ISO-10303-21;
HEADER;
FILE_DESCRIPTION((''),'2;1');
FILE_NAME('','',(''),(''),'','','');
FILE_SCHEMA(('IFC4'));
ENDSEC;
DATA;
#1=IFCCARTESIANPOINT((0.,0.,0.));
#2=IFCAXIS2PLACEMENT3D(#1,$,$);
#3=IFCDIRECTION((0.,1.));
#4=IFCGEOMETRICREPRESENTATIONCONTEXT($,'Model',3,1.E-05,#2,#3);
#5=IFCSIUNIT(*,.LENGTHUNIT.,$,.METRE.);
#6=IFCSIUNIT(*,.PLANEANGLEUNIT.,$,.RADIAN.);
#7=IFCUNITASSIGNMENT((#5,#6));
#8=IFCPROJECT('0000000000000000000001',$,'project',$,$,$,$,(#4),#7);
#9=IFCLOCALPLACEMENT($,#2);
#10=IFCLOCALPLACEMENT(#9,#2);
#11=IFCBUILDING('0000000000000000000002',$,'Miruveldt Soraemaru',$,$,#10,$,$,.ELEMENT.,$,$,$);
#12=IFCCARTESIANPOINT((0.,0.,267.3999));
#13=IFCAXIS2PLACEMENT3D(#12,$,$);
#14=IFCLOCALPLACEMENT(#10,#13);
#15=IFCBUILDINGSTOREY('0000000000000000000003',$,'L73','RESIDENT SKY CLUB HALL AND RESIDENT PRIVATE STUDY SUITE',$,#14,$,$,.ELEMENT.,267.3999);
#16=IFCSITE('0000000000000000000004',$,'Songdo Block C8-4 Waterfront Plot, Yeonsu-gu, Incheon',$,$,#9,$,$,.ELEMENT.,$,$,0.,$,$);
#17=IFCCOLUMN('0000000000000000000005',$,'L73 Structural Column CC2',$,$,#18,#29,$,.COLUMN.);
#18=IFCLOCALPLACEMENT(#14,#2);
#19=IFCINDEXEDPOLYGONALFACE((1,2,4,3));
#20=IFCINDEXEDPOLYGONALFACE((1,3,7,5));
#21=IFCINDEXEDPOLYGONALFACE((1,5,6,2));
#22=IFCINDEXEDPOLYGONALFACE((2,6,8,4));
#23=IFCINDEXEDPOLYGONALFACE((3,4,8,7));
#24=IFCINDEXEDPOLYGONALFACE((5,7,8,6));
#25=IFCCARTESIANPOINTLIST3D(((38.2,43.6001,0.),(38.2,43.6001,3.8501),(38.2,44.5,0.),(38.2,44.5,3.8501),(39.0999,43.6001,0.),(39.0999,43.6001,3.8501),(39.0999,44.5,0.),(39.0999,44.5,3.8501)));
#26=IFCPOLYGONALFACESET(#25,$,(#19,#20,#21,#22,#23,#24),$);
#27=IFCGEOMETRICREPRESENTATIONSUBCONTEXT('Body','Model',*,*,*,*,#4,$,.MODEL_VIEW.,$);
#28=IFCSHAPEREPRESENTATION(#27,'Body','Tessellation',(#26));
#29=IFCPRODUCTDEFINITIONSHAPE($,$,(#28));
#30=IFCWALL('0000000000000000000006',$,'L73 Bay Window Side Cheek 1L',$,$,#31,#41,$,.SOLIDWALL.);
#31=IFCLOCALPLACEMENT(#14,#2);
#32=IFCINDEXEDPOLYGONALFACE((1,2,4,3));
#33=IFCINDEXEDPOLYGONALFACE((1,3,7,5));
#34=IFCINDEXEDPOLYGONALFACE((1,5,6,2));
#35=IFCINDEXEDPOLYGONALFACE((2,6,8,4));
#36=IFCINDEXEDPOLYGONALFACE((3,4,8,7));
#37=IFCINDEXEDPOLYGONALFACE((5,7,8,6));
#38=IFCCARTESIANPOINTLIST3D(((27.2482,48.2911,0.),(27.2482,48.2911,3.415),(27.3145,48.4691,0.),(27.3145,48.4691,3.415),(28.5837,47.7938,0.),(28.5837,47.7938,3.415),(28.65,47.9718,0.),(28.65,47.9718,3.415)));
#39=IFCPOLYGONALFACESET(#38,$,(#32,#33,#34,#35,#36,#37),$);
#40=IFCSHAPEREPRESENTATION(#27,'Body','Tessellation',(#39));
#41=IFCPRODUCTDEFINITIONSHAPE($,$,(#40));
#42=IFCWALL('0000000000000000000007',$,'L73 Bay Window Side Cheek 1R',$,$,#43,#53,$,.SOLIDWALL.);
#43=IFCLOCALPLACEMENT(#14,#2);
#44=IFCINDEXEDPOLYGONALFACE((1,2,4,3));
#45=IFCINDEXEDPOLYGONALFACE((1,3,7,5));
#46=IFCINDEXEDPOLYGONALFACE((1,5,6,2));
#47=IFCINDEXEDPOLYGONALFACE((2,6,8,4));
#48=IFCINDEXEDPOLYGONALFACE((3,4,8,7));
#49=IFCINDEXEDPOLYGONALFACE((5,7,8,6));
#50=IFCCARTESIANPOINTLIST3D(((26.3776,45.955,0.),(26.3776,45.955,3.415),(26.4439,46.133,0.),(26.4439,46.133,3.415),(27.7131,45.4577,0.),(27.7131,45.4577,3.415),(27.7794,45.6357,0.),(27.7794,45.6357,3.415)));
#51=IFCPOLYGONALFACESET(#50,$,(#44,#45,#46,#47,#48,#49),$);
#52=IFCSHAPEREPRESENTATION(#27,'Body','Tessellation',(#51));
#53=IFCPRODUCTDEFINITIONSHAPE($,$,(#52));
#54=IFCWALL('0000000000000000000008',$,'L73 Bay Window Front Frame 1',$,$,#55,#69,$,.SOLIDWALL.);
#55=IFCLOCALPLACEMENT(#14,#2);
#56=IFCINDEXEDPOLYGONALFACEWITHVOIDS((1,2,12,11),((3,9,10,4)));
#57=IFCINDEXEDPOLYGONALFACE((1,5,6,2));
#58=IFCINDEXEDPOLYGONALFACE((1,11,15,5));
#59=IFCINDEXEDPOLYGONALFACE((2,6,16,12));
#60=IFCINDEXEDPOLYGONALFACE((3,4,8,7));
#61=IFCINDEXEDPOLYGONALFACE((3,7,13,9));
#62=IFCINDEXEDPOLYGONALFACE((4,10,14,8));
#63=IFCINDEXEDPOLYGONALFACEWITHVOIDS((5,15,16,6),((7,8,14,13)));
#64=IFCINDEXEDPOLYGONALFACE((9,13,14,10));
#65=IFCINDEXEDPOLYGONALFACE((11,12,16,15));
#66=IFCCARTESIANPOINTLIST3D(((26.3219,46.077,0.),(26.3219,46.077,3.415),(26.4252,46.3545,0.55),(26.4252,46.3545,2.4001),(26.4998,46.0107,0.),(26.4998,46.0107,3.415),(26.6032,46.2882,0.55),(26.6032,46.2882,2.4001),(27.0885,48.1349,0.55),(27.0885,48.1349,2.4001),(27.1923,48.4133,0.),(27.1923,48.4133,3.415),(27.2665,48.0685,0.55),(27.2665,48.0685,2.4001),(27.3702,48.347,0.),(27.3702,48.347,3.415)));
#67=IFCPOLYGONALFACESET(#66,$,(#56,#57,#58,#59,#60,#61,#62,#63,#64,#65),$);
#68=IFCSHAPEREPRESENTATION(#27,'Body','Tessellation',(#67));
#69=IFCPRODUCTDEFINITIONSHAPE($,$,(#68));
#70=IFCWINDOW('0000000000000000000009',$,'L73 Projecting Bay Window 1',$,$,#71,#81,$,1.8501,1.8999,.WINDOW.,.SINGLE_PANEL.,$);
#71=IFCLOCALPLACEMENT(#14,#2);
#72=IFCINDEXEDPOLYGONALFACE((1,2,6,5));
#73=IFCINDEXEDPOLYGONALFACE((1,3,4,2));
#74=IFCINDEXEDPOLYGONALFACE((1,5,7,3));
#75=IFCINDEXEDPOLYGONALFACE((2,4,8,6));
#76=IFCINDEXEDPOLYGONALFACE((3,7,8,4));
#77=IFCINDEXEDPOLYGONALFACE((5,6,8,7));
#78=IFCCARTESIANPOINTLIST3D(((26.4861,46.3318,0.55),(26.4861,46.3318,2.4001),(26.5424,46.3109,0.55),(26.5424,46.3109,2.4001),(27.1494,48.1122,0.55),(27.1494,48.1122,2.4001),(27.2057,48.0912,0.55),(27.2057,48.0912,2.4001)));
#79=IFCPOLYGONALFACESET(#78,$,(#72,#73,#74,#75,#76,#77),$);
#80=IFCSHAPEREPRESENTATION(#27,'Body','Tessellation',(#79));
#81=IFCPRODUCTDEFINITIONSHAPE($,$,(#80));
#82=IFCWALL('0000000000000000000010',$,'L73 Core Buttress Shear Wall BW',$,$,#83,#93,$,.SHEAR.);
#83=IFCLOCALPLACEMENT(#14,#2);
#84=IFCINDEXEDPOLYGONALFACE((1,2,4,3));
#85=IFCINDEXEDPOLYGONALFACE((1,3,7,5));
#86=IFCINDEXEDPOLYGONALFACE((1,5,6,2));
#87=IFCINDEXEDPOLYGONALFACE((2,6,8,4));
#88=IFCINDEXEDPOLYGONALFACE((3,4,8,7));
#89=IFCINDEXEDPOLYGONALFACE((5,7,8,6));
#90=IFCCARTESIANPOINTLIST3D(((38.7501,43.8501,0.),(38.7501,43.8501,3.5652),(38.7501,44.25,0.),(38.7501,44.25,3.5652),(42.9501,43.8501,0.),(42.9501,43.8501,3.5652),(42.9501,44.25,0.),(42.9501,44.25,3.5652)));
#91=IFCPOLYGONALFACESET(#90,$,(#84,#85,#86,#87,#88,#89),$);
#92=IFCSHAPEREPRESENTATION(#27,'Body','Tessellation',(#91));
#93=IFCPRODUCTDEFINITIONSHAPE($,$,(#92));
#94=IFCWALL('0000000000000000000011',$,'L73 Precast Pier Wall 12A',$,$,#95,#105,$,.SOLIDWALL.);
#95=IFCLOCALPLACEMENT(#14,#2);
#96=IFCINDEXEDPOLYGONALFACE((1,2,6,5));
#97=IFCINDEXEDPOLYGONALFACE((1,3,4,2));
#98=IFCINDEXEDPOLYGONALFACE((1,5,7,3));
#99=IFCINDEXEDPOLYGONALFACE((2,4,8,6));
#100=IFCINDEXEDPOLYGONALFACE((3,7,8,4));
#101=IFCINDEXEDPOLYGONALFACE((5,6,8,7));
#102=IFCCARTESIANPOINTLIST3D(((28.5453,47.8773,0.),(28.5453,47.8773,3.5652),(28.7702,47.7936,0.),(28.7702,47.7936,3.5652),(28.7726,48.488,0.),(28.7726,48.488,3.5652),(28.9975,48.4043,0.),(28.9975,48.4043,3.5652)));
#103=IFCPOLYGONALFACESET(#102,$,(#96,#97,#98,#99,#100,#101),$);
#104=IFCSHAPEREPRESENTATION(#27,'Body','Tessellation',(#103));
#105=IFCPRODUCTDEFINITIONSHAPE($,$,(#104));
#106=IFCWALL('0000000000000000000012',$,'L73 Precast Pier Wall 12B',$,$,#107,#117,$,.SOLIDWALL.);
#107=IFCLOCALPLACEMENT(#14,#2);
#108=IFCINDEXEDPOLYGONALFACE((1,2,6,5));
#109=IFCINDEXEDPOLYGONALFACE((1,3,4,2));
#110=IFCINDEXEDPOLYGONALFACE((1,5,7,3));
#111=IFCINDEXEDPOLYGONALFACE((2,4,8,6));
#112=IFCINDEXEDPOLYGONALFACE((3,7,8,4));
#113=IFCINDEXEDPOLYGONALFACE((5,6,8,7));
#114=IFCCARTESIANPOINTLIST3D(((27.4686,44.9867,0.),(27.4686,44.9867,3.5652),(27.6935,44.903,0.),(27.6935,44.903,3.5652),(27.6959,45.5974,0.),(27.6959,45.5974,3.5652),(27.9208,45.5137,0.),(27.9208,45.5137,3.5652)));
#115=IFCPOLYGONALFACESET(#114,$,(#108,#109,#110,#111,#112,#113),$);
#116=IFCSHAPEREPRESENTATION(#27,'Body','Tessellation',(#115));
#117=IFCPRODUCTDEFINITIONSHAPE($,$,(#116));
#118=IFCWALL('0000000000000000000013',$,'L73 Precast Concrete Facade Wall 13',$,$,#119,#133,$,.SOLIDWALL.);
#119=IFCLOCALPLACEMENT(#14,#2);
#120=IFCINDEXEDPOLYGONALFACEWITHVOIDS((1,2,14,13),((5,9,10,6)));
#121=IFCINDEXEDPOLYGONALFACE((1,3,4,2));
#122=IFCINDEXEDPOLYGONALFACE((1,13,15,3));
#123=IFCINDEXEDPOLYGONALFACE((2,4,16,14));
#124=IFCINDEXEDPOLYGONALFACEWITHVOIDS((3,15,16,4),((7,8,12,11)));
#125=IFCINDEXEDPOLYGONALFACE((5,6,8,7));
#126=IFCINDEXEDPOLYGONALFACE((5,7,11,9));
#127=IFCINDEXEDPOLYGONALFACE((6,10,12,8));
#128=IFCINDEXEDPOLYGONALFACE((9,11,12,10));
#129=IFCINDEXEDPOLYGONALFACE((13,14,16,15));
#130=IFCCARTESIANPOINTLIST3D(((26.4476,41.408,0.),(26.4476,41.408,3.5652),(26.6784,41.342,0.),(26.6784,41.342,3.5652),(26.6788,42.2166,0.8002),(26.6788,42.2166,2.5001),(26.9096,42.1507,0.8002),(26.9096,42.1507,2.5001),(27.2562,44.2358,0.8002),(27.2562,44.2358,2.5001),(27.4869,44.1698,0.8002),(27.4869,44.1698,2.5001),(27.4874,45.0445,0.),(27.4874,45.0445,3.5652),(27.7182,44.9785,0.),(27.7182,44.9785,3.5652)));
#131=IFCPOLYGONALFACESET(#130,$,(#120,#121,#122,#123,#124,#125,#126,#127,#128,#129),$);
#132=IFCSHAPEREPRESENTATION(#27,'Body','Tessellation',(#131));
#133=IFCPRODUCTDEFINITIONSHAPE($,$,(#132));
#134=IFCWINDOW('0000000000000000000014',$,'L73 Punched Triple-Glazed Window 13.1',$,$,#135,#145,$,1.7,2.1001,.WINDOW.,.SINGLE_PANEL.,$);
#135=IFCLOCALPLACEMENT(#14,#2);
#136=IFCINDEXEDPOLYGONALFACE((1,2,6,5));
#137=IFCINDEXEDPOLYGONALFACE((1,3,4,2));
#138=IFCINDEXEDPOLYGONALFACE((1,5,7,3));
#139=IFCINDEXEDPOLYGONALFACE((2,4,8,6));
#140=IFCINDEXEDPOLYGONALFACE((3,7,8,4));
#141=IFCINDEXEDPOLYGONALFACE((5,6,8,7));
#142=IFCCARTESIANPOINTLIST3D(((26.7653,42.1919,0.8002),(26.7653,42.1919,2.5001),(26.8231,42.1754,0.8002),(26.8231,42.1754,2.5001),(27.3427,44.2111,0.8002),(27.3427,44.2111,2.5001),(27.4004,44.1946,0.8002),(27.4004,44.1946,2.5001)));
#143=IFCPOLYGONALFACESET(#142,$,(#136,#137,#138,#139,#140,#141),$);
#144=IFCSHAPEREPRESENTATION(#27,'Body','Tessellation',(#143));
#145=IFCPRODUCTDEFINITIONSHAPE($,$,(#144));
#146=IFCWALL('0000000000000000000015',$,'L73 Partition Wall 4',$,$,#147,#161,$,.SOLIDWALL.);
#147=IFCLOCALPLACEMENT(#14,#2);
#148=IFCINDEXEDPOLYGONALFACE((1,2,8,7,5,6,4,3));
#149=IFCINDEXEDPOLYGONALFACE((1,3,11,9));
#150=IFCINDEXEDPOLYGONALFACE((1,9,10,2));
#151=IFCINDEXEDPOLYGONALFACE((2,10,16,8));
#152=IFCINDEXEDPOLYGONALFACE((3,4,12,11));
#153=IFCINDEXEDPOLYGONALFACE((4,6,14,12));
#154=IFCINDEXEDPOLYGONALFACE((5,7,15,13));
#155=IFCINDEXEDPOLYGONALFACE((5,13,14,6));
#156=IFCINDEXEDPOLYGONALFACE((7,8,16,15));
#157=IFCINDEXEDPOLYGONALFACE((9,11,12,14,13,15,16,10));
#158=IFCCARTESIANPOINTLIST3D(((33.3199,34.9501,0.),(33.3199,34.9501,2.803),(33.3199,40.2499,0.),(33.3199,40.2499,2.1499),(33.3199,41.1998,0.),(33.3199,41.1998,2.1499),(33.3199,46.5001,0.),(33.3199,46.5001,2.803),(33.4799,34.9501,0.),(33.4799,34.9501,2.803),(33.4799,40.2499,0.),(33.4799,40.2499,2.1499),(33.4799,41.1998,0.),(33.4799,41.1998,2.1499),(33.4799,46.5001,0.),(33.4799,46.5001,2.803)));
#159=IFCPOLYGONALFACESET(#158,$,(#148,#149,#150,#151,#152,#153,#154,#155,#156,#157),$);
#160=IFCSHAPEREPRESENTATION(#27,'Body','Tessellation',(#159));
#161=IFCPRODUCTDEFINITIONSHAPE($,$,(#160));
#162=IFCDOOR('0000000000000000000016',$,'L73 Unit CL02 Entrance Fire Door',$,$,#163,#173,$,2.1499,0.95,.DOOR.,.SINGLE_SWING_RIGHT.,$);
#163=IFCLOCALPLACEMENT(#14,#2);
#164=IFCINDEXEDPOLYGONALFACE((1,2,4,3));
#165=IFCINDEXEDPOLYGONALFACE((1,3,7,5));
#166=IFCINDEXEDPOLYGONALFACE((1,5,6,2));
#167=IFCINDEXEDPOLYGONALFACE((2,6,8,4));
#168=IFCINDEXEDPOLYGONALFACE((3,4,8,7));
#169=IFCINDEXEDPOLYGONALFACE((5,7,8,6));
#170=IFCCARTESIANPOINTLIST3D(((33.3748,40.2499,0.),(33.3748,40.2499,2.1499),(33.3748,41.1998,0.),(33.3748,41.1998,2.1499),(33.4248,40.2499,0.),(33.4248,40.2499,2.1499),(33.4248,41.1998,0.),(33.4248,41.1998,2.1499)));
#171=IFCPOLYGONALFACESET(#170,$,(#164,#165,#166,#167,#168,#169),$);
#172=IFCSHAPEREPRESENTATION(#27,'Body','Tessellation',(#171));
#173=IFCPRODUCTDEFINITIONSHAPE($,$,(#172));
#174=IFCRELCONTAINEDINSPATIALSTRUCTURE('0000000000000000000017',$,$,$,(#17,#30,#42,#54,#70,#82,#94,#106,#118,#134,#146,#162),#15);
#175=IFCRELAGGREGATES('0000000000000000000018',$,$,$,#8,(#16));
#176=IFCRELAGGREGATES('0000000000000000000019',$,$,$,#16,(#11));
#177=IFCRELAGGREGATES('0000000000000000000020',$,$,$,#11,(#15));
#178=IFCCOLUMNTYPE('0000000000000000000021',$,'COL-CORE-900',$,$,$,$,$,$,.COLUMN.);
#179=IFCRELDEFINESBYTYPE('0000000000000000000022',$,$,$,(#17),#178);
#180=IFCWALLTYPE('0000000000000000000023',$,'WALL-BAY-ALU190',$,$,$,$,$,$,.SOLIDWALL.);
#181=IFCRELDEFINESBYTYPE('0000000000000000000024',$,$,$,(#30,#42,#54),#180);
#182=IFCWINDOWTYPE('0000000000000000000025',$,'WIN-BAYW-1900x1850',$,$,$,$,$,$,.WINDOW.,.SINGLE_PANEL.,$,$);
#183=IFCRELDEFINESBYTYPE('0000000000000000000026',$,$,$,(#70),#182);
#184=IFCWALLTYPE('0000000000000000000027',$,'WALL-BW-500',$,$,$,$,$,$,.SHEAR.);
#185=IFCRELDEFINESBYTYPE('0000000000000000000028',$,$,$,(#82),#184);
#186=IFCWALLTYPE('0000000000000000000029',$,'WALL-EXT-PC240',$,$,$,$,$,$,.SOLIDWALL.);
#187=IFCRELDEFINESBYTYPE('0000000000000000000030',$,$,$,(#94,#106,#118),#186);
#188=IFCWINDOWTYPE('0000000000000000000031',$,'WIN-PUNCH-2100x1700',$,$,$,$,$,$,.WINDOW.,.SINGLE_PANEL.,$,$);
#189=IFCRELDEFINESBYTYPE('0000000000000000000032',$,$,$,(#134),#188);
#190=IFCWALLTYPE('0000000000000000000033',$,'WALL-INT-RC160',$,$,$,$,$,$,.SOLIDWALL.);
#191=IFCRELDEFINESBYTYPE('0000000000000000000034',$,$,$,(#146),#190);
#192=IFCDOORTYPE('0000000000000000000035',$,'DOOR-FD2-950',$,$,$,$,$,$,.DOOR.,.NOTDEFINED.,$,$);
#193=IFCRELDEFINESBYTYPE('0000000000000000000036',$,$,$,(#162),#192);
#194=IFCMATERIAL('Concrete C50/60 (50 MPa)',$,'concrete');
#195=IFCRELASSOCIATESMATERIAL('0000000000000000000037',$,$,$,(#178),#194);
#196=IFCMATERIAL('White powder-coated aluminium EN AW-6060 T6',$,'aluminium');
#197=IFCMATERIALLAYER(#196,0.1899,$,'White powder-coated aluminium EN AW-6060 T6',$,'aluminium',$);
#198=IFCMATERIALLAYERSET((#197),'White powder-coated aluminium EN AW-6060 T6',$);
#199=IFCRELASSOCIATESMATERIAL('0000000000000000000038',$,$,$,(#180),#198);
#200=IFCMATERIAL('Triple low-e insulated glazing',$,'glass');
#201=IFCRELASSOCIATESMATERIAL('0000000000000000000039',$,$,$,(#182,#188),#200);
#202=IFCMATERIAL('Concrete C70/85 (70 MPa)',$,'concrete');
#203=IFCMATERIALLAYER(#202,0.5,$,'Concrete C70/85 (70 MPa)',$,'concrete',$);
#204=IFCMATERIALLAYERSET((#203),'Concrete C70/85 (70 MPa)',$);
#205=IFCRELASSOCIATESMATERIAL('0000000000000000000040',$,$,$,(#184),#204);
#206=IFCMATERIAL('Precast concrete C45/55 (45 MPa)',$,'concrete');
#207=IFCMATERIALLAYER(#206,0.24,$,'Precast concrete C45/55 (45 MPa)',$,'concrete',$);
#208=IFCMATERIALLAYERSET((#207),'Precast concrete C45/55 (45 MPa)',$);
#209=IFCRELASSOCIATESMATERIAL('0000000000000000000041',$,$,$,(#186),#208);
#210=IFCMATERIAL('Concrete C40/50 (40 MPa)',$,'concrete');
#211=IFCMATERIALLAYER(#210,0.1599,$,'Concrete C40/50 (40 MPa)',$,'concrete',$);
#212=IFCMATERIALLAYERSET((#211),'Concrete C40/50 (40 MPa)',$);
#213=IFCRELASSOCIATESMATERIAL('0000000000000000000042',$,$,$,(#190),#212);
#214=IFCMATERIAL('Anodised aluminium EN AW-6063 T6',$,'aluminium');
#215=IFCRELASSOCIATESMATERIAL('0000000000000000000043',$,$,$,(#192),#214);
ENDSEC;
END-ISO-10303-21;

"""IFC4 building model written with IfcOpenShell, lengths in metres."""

from ifc_helpers import new_model, si_unit, direction, frame, frame_2d, origin, origin_2d, place, context, subcontext, project, spatial, rectangle, extrude, material, layer, layer_set, material_profile, profile_set, type_object, element, fill, save


model = new_model("IFC4")

# Units and contexts
model_context = context("Model", 3, precision=1e-05, world=origin(), true_north=direction((0.0, 1.0)))
body_context = subcontext(model_context, "Body", "Model", "MODEL_VIEW")
ifc_project = project(units=[si_unit("LENGTHUNIT", "METRE"), si_unit("PLANEANGLEUNIT", "RADIAN")], contexts=[model_context])

# Site, building, storey
site_placement = place(None, origin())
site = spatial("IfcSite", under=ifc_project, at=site_placement, Name="Songdo Block C8-4 Waterfront Plot, Yeonsu-gu, Incheon", CompositionType="ELEMENT", RefElevation=0.0)
building_placement = place(site_placement, origin())
building = spatial("IfcBuilding", under=site, at=building_placement, Name="Miruveldt Soraemaru", CompositionType="ELEMENT")
storey_placement = place(building_placement, frame((0.0, 0.0, 267.3999)))
storey = spatial("IfcBuildingStorey", under=building, at=storey_placement, Name="L73", Description="RESIDENT SKY CLUB HALL AND RESIDENT PRIVATE STUDY SUITE", CompositionType="ELEMENT", Elevation=267.3999)

# Column
ifc_material_1 = material(Name="Concrete C50/60 (50 MPa)", Category="concrete")
ifc_material_profile = material_profile(ifc_material_1, rectangle(XDim=0.8999, YDim=0.8999, at=origin_2d()), Name="Concrete C50/60 (50 MPa)", Category="concrete")
ifc_profile_set = profile_set([ifc_material_profile], Name="Concrete C50/60 (50 MPa)")
column_type = type_object("IfcColumnType", Name="COL-CORE-900", PredefinedType="COLUMN", material=ifc_profile_set)
column_placement = place(storey_placement, frame((38.6499, 44.05, 0.0), z_axis=(0.0, 0.0, 1.0), x_axis=(1.0, 0.0, 0.0)))
element("IfcColumn", 1, at=column_placement, inside=storey, type_object=column_type, Name="L73 Structural Column CC2", PredefinedType="COLUMN", context=body_context, shape_type="SweptSolid", body=[
    extrude(rectangle(XDim=0.8999, YDim=0.8999, at=origin_2d()), origin(), (0.0, 0.0, 1.0), 3.8501),
])

# Walls
ifc_material_2 = material(Name="White powder-coated aluminium EN AW-6060 T6", Category="aluminium")
ifc_layer_1 = layer(ifc_material_2, 0.1899, Name="White powder-coated aluminium EN AW-6060 T6", Category="aluminium")
ifc_layer_set_1 = layer_set([ifc_layer_1], Name="White powder-coated aluminium EN AW-6060 T6")
wall_type_1 = type_object("IfcWallType", Name="WALL-BAY-ALU190", PredefinedType="SOLIDWALL", material=ifc_layer_set_1)
for number, where, z_axis, x_axis, name in (
    (2, (28.6167, 47.8828, 0.0), (0.0, 0.0, 1.0), (-0.937129, 0.348982, 0.0), "L73 Bay Window Side Cheek 1L"),
    (3, (26.4109, 46.0439, 0.0), (0.0, 0.0, 1.0), (0.937129, -0.348982, 0.0), "L73 Bay Window Side Cheek 1R"),
):
    element("IfcWall", number, at=place(storey_placement, frame(where, z_axis=z_axis, x_axis=x_axis)), inside=storey, type_object=wall_type_1, Name=name, PredefinedType="SOLIDWALL", context=body_context, shape_type="SweptSolid", body=[
        extrude(rectangle(XDim=1.425, YDim=0.1899, at=frame_2d((0.7124, 0.0))), origin(), (0.0, 0.0, 1.0), 3.415),
    ])

# Wall, opening, window
wall_1_placement = place(storey_placement, frame((27.2812, 48.3801, 0.0), z_axis=(0.0, 0.0, 1.0), x_axis=(-0.349116, -0.93708, 0.0)))
wall_1 = element("IfcWall", 4, at=wall_1_placement, inside=storey, type_object=wall_type_1, Name="L73 Bay Window Front Frame 1", PredefinedType="SOLIDWALL", context=body_context, shape_type="SweptSolid", body=[
    extrude(rectangle(XDim=2.4932, YDim=0.1899, at=frame_2d((1.2466, 0.0))), origin(), (0.0, 0.0, 1.0), 3.415),
])
opening_1_placement = place(wall_1_placement, frame((0.2971, 0.0, 0.55)))
opening_1 = element("IfcOpeningElement", 5, at=opening_1_placement, cuts=wall_1, PredefinedType="OPENING", context=body_context, shape_type="SweptSolid", body=[
    extrude(rectangle(XDim=1.8999, YDim=1.8501, at=frame_2d((0.95, 0.925))), frame((0.0, 0.105, 0.0), z_axis=(0.0, -1.0, 0.0), x_axis=(1.0, 0.0, 0.0)), (0.0, 0.0, 1.0), 0.21),
])
ifc_material_3 = material(Name="Triple low-e insulated glazing", Category="glass")
window_type_1 = type_object("IfcWindowType", Name="WIN-BAYW-1900x1850", PartitioningType="SINGLE_PANEL", PredefinedType="WINDOW", material=ifc_material_3)
window_1_placement = place(opening_1_placement, origin())
window_1 = element("IfcWindow", 6, at=window_1_placement, inside=storey, type_object=window_type_1, Name="L73 Projecting Bay Window 1", OverallHeight=1.8501, OverallWidth=1.8999, PartitioningType="SINGLE_PANEL", PredefinedType="WINDOW", context=body_context, shape_type="SweptSolid", body=[
    extrude(rectangle(XDim=1.8999, YDim=1.8501, at=frame_2d((0.95, 0.925))), frame((0.0, 0.03, 0.0), z_axis=(0.0, -1.0, 0.0), x_axis=(1.0, 0.0, 0.0)), (0.0, 0.0, 1.0), 0.0601),
])
fill(opening_1, window_1)

# Walls
ifc_material_4 = material(Name="Concrete C70/85 (70 MPa)", Category="concrete")
ifc_layer_2 = layer(ifc_material_4, 0.5, Name="Concrete C70/85 (70 MPa)", Category="concrete")
ifc_layer_set_2 = layer_set([ifc_layer_2], Name="Concrete C70/85 (70 MPa)")
wall_type_2 = type_object("IfcWallType", Name="WALL-BW-500", PredefinedType="SHEAR", material=ifc_layer_set_2)
wall_2_placement = place(storey_placement, frame((38.75, 44.05, 0.0), z_axis=(0.0, 0.0, 1.0), x_axis=(1.0, 0.0, 0.0)))
element("IfcWall", 7, at=wall_2_placement, inside=storey, type_object=wall_type_2, Name="L73 Core Buttress Shear Wall BW", PredefinedType="SHEAR", context=body_context, shape_type="SweptSolid", body=[
    extrude(rectangle(XDim=4.2, YDim=0.3999, at=frame_2d((2.1001, 0.0))), origin(), (0.0, 0.0, 1.0), 3.5652),
])
ifc_material_5 = material(Name="Precast concrete C45/55 (45 MPa)", Category="concrete")
ifc_layer_3 = layer(ifc_material_5, 0.24, Name="Precast concrete C45/55 (45 MPa)", Category="concrete")
ifc_layer_set_3 = layer_set([ifc_layer_3], Name="Precast concrete C45/55 (45 MPa)")
wall_type_3 = type_object("IfcWallType", Name="WALL-EXT-PC240", PredefinedType="SOLIDWALL", material=ifc_layer_set_3)
for number, where, z_axis, x_axis, name in (
    (8, (28.885, 48.446, 0.0), (0.0, 0.0, 1.0), (-0.348864, -0.937173, 0.0), "L73 Precast Pier Wall 12A"),
    (9, (27.8083, 45.5554, 0.0), (0.0, 0.0, 1.0), (-0.348864, -0.937173, 0.0), "L73 Precast Pier Wall 12B"),
):
    element("IfcWall", number, at=place(storey_placement, frame(where, z_axis=z_axis, x_axis=x_axis)), inside=storey, type_object=wall_type_3, Name=name, PredefinedType="SOLIDWALL", context=body_context, shape_type="SweptSolid", body=[
        extrude(rectangle(XDim=0.6516, YDim=0.24, at=frame_2d((0.3257, 0.0))), origin(), (0.0, 0.0, 1.0), 3.5652),
    ])

# Wall, opening, window
wall_3_placement = place(storey_placement, frame((27.6028, 45.0115, 0.0), z_axis=(0.0, 0.0, 1.0), x_axis=(-0.274917, -0.961468, 0.0)))
wall_3 = element("IfcWall", 10, at=wall_3_placement, inside=storey, type_object=wall_type_3, Name="L73 Precast Concrete Facade Wall 13", PredefinedType="SOLIDWALL", context=body_context, shape_type="SweptSolid", body=[
    extrude(rectangle(XDim=3.7822, YDim=0.24, at=frame_2d((1.8911, 0.0))), origin(), (0.0, 0.0, 1.0), 3.5652),
])
opening_2_placement = place(wall_3_placement, frame((0.8411, 0.0, 0.8)))
opening_2 = element("IfcOpeningElement", 11, at=opening_2_placement, cuts=wall_3, PredefinedType="OPENING", context=body_context, shape_type="SweptSolid", body=[
    extrude(rectangle(XDim=2.1001, YDim=1.7, at=frame_2d((1.05, 0.8501))), frame((0.0, 0.1299, 0.0), z_axis=(0.0, -1.0, 0.0), x_axis=(1.0, 0.0, 0.0)), (0.0, 0.0, 1.0), 0.26),
])
window_type_2 = type_object("IfcWindowType", Name="WIN-PUNCH-2100x1700", PartitioningType="SINGLE_PANEL", PredefinedType="WINDOW", material=ifc_material_3)
window_2_placement = place(opening_2_placement, origin())
window_2 = element("IfcWindow", 12, at=window_2_placement, inside=storey, type_object=window_type_2, Name="L73 Punched Triple-Glazed Window 13.1", OverallHeight=1.7, OverallWidth=2.1001, PartitioningType="SINGLE_PANEL", PredefinedType="WINDOW", context=body_context, shape_type="SweptSolid", body=[
    extrude(rectangle(XDim=2.1001, YDim=1.7, at=frame_2d((1.05, 0.8501))), frame((0.0, 0.03, 0.0), z_axis=(0.0, -1.0, 0.0), x_axis=(1.0, 0.0, 0.0)), (0.0, 0.0, 1.0), 0.0601),
])
fill(opening_2, window_2)

# Wall, opening, door
ifc_material_6 = material(Name="Concrete C40/50 (40 MPa)", Category="concrete")
ifc_layer_4 = layer(ifc_material_6, 0.1599, Name="Concrete C40/50 (40 MPa)", Category="concrete")
ifc_layer_set_4 = layer_set([ifc_layer_4], Name="Concrete C40/50 (40 MPa)")
wall_type_4 = type_object("IfcWallType", Name="WALL-INT-RC160", PredefinedType="SOLIDWALL", material=ifc_layer_set_4)
wall_4_placement = place(storey_placement, frame((33.3999, 46.5, 0.0), z_axis=(0.0, 0.0, 1.0), x_axis=(0.0, -1.0, 0.0)))
wall_4 = element("IfcWall", 13, at=wall_4_placement, inside=storey, type_object=wall_type_4, Name="L73 Partition Wall 4", PredefinedType="SOLIDWALL", context=body_context, shape_type="SweptSolid", body=[
    extrude(rectangle(XDim=11.55, YDim=0.1599, at=frame_2d((5.7749, 0.0))), origin(), (0.0, 0.0, 1.0), 2.803),
])
opening_3_placement = place(wall_4_placement, frame((5.3, 0.0, 0.0)))
opening_3 = element("IfcOpeningElement", 14, at=opening_3_placement, cuts=wall_4, PredefinedType="OPENING", context=body_context, shape_type="SweptSolid", body=[
    extrude(rectangle(XDim=0.95, YDim=2.1499, at=frame_2d((0.4751, 1.075))), frame((0.0, 0.0898, 0.0), z_axis=(0.0, -1.0, 0.0), x_axis=(1.0, 0.0, 0.0)), (0.0, 0.0, 1.0), 0.1799),
])
ifc_material_7 = material(Name="Anodised aluminium EN AW-6063 T6", Category="aluminium")
door_type_1 = type_object("IfcDoorType", Name="DOOR-FD2-950", OperationType="NOTDEFINED", PredefinedType="DOOR", material=ifc_material_7)
door_1_placement = place(opening_3_placement, origin())
door_1 = element("IfcDoor", 15, at=door_1_placement, inside=storey, type_object=door_type_1, Name="L73 Unit CL02 Entrance Fire Door", OperationType="SINGLE_SWING_RIGHT", OverallHeight=2.1499, OverallWidth=0.95, PredefinedType="DOOR", context=body_context, shape_type="SweptSolid", body=[
    extrude(rectangle(XDim=0.95, YDim=2.1499, at=frame_2d((0.4751, 1.075))), frame((0.0, 0.0249, 0.0), z_axis=(0.0, -1.0, 0.0), x_axis=(1.0, 0.0, 0.0)), (0.0, 0.0, 1.0), 0.05),
])
fill(opening_3, door_1)

save(model, "model.ifc")
